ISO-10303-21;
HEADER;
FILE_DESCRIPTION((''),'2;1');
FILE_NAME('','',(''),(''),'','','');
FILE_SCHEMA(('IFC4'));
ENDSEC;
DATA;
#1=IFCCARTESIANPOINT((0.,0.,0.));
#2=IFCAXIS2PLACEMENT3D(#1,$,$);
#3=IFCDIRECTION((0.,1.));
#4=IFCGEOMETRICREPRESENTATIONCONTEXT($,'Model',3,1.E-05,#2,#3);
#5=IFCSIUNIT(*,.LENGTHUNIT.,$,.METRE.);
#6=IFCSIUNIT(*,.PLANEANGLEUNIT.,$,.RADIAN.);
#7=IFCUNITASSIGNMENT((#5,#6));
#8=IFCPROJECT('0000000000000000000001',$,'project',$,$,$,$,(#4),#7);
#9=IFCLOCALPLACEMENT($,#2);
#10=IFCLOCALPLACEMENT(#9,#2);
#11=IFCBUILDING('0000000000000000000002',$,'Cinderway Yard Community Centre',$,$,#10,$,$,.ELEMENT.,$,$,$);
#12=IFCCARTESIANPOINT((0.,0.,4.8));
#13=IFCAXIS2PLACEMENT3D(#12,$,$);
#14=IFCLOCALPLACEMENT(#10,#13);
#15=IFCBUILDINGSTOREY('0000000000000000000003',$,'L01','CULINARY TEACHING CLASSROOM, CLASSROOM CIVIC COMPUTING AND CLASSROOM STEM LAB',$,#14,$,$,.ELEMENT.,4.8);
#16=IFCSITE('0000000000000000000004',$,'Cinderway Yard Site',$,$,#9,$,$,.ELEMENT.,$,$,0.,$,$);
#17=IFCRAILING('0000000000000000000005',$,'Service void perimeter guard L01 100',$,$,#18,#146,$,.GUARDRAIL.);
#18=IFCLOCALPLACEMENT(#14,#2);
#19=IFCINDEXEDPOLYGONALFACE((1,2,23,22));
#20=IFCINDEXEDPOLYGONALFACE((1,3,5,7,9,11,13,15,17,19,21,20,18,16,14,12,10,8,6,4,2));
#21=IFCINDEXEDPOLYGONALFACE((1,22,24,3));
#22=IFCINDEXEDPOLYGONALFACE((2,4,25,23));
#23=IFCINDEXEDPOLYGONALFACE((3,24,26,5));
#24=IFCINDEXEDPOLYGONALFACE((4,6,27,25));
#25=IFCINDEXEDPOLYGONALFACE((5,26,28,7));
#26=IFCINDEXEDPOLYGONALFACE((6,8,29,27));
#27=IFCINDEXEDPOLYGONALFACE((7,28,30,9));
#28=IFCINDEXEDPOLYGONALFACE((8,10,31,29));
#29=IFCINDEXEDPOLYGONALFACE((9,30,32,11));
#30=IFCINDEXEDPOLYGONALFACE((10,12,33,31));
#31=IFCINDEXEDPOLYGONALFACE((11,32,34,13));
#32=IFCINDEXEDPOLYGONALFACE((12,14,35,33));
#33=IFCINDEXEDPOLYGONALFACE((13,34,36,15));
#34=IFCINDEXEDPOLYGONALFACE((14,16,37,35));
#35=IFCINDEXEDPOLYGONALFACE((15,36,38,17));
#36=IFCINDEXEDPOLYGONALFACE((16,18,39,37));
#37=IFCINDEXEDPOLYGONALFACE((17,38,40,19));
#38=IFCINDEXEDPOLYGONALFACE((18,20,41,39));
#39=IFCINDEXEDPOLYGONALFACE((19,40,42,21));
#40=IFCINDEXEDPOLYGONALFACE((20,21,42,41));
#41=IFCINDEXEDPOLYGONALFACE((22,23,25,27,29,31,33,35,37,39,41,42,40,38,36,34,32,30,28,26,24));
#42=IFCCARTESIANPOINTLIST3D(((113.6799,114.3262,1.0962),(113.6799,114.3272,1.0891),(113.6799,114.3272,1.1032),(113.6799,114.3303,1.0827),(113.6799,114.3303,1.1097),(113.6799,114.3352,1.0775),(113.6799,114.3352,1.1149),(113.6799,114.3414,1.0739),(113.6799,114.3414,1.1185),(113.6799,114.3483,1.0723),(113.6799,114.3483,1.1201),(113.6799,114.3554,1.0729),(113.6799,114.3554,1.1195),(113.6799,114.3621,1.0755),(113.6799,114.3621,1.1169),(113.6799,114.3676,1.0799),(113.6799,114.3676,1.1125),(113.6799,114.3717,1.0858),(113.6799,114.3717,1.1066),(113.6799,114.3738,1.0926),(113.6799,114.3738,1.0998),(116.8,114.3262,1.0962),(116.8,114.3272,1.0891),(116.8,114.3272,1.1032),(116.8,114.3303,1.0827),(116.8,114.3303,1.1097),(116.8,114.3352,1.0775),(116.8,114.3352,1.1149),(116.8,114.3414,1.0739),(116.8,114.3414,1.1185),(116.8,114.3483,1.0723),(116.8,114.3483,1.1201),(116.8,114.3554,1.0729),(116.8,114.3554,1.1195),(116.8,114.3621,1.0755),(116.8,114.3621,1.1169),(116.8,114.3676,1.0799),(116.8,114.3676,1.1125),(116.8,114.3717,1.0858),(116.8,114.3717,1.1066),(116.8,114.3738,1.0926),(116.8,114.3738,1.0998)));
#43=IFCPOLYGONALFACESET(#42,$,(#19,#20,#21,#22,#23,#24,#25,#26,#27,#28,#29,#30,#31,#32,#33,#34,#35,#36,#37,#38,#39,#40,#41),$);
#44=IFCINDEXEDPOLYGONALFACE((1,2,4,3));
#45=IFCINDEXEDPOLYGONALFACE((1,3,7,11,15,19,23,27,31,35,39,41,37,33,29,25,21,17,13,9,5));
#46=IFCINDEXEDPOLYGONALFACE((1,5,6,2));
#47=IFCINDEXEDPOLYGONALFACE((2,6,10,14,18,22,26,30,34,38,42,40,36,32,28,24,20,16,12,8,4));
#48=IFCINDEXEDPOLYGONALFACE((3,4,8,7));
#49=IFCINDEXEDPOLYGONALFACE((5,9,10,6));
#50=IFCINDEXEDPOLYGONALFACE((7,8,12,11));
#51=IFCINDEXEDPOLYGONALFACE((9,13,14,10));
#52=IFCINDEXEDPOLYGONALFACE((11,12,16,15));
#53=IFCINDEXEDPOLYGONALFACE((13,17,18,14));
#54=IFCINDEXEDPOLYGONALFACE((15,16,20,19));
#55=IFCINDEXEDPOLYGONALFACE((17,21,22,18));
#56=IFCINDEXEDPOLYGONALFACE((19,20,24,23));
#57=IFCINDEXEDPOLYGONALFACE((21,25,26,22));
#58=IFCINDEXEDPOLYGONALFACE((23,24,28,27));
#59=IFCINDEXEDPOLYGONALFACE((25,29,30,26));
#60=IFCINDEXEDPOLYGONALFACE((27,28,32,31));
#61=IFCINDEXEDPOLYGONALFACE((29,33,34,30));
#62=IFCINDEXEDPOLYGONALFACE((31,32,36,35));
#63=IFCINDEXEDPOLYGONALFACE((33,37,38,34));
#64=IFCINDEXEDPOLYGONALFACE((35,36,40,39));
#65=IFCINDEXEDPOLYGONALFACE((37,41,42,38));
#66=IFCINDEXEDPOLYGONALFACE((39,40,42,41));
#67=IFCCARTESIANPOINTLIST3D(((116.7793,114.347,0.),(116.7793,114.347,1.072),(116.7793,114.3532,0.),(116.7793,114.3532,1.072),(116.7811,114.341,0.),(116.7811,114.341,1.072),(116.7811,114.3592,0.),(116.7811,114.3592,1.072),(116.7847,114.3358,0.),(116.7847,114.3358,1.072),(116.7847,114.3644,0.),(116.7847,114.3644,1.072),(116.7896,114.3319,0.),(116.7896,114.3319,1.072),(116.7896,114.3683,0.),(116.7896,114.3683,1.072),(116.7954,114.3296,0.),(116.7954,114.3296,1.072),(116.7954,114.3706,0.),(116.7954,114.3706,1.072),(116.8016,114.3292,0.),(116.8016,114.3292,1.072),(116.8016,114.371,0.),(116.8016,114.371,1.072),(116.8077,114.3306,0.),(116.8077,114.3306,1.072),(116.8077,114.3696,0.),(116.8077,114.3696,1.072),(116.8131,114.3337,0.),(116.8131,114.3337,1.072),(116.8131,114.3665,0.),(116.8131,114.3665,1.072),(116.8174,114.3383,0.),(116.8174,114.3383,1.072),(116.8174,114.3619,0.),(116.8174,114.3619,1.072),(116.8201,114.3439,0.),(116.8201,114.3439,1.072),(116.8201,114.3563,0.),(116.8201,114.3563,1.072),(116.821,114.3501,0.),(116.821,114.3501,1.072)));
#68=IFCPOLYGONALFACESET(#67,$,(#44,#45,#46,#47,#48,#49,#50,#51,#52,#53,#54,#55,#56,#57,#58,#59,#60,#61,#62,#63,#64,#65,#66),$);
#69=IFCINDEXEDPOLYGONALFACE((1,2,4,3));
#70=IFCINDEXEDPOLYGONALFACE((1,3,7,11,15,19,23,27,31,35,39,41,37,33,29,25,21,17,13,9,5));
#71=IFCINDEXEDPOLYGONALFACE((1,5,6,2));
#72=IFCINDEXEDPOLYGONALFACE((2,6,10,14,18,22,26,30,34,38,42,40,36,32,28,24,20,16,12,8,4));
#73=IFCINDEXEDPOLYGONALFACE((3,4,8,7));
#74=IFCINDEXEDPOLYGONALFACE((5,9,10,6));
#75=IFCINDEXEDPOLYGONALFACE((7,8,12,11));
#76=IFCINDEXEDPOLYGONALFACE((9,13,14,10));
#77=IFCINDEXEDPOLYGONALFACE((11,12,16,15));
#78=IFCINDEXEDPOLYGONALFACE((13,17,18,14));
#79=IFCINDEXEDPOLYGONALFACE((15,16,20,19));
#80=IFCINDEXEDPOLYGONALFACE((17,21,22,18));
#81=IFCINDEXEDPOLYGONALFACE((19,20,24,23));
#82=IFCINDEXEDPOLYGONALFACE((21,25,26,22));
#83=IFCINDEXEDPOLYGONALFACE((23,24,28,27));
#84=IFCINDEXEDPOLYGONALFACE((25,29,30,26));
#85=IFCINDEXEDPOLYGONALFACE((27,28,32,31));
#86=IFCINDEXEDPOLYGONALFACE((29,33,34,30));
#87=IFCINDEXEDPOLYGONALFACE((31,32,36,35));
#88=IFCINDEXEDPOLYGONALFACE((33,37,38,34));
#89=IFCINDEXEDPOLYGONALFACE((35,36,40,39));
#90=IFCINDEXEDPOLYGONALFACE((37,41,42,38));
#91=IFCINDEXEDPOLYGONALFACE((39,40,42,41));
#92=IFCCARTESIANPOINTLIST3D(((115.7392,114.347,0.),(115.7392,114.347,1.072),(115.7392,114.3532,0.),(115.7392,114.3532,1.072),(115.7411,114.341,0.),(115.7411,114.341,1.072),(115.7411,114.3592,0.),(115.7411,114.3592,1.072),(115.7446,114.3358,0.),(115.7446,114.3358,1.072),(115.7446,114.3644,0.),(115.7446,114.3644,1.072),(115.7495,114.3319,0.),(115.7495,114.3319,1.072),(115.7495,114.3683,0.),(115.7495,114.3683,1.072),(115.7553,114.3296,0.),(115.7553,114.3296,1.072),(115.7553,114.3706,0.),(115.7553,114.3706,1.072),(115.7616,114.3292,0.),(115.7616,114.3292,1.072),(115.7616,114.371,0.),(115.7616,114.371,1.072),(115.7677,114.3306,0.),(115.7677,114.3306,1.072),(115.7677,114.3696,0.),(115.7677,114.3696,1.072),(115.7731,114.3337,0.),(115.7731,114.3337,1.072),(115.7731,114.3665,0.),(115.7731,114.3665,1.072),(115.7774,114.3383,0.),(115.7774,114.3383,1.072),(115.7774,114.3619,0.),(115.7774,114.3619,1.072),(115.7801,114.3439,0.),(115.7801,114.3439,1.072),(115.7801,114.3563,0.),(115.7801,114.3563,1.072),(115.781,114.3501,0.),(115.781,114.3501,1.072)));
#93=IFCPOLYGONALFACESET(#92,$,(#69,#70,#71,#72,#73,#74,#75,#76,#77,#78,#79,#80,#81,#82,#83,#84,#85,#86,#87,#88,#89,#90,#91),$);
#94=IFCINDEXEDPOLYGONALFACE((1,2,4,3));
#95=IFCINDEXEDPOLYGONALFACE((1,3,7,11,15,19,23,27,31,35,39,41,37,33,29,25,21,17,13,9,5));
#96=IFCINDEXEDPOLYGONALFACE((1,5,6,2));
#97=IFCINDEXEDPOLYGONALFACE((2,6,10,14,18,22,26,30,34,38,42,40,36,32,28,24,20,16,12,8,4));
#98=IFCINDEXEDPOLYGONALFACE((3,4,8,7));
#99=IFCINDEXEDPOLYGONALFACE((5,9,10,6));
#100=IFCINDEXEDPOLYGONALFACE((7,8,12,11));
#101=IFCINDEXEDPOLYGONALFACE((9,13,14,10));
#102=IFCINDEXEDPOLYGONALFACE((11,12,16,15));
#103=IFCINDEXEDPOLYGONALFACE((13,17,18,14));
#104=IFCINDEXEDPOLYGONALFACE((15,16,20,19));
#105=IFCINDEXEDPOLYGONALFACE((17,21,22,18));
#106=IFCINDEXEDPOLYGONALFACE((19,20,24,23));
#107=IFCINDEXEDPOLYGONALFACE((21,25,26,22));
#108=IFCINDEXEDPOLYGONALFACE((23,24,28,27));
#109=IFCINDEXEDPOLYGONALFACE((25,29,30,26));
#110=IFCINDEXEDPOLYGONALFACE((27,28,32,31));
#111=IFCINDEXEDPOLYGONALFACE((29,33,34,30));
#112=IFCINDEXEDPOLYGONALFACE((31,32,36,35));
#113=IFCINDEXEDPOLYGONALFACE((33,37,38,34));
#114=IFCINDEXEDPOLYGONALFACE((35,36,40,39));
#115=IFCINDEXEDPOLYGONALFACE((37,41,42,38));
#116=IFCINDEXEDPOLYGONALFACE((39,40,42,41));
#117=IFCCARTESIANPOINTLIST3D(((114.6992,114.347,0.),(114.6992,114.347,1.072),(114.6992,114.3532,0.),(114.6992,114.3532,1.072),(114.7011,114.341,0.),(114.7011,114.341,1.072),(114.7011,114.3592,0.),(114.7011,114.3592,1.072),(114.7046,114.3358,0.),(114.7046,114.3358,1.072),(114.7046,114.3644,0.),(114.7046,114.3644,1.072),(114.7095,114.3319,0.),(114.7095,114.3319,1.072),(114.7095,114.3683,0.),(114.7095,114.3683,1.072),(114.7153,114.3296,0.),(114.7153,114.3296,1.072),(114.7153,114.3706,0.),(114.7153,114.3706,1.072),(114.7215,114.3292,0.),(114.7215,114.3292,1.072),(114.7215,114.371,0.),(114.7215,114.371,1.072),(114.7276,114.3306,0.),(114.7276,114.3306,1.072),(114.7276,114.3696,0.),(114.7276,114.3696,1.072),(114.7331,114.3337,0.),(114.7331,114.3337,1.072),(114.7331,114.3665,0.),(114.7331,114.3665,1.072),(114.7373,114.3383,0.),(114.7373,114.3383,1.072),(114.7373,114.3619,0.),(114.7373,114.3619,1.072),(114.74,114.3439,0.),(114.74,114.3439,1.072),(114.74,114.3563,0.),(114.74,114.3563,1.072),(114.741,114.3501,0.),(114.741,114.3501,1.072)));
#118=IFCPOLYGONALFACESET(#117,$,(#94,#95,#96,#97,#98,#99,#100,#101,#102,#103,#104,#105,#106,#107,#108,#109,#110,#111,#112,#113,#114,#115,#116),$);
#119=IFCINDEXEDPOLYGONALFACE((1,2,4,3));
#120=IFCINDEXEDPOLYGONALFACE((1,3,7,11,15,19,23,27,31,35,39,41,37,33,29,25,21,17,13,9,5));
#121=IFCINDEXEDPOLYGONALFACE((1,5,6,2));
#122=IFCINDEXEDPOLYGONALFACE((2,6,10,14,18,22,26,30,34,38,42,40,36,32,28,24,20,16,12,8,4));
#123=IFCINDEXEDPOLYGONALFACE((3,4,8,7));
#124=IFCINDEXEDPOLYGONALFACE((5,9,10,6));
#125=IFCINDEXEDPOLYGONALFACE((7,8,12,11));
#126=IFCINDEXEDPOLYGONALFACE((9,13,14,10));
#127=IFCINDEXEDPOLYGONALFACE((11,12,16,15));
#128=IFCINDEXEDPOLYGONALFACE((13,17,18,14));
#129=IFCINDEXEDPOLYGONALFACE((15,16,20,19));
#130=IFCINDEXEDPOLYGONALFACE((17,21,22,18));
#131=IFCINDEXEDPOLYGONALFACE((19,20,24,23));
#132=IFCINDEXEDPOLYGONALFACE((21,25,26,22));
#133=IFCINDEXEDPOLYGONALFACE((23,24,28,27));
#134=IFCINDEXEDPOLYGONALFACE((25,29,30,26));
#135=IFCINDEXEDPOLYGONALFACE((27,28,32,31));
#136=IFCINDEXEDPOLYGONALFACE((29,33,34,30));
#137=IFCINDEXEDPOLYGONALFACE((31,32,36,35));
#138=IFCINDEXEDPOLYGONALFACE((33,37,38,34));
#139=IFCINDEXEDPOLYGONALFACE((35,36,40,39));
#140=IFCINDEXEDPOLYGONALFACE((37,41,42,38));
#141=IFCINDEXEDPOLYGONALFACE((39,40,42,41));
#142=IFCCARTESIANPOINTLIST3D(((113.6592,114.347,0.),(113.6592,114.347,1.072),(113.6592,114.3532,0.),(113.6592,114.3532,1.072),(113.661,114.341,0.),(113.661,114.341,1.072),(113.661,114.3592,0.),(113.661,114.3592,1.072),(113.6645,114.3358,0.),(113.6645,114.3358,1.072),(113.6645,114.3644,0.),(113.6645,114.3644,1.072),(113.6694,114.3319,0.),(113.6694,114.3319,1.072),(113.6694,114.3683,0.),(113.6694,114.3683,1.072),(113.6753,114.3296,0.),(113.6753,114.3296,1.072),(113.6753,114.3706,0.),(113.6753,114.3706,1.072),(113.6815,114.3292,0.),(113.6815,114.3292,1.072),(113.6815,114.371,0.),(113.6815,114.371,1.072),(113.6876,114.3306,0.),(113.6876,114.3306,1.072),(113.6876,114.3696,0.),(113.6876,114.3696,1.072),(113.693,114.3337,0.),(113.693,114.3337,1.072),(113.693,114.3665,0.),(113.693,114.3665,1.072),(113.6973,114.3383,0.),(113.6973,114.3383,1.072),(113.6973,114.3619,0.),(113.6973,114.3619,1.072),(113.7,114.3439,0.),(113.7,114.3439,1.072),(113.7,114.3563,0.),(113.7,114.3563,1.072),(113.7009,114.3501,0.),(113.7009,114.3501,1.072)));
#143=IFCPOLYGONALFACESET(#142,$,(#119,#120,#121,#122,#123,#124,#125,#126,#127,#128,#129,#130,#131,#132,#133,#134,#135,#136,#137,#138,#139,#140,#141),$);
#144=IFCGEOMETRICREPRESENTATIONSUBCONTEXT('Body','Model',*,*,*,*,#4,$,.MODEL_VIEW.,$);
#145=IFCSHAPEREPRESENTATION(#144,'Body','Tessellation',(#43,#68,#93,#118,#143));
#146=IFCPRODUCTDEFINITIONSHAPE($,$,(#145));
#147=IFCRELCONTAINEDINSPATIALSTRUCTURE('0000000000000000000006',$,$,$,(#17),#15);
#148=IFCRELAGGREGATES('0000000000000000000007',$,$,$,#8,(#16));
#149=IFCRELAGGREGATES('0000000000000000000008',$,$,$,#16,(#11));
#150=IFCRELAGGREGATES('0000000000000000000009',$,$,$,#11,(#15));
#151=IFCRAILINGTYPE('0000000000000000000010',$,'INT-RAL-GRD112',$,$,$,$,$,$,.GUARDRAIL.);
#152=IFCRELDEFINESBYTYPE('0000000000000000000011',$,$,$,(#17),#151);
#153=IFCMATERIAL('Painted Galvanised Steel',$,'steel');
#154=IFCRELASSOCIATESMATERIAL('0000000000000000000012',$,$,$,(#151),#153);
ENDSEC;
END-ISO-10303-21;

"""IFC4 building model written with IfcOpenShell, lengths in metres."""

from ifc_helpers import new_model, si_unit, direction, frame, origin, origin_2d, place, context, subcontext, project, spatial, circle, extrude, material, type_object, element, save


model = new_model("IFC4")

# Units and contexts
model_context = context("Model", 3, precision=1e-05, world=origin(), true_north=direction((0.0, 1.0)))
body_context = subcontext(model_context, "Body", "Model", "MODEL_VIEW")
ifc_project = project(units=[si_unit("LENGTHUNIT", "METRE"), si_unit("PLANEANGLEUNIT", "RADIAN")], contexts=[model_context])

# Site, building, storey
site_placement = place(None, origin())
site = spatial("IfcSite", under=ifc_project, at=site_placement, Name="Cinderway Yard Site", CompositionType="ELEMENT", RefElevation=0.0)
building_placement = place(site_placement, origin())
building = spatial("IfcBuilding", under=site, at=building_placement, Name="Cinderway Yard Community Centre", CompositionType="ELEMENT")
storey_placement = place(building_placement, frame((0.0, 0.0, 4.8)))
storey = spatial("IfcBuildingStorey", under=building, at=storey_placement, Name="L01", Description="CULINARY TEACHING CLASSROOM, CLASSROOM CIVIC COMPUTING AND CLASSROOM STEM LAB", CompositionType="ELEMENT", Elevation=4.8)

# Railing
ifc_material_1 = material(Name="Painted Galvanised Steel", Category="steel")
railing_type_1 = type_object("IfcRailingType", Name="INT-RAL-GRD112", PredefinedType="GUARDRAIL", material=ifc_material_1)
railing_1_placement = place(storey_placement, frame((116.8, 114.3501, 0.0)))
element("IfcRailing", 1, at=railing_1_placement, inside=storey, type_object=railing_type_1, Name="Service void perimeter guard L01 100", PredefinedType="GUARDRAIL", context=body_context, shape_type="SweptSolid", body=[
    extrude(circle(Radius=0.0239, at=origin_2d()), frame((0.0, 0.0, 1.0962), z_axis=(-1.0, 0.0, 0.0), x_axis=(0.0, -1.0, 0.0)), (0.0, 0.0, 1.0), 3.1201),
    extrude(circle(Radius=0.021, at=origin_2d()), origin(), (0.0, 0.0, 1.0), 1.072),
    extrude(circle(Radius=0.021, at=origin_2d()), frame((-1.04, 0.0, 0.0)), (0.0, 0.0, 1.0), 1.072),
    extrude(circle(Radius=0.021, at=origin_2d()), frame((-2.0801, 0.0, 0.0)), (0.0, 0.0, 1.0), 1.072),
    extrude(circle(Radius=0.021, at=origin_2d()), frame((-3.1201, 0.0, 0.0)), (0.0, 0.0, 1.0), 1.072),
])

save(model, "model.ifc")
